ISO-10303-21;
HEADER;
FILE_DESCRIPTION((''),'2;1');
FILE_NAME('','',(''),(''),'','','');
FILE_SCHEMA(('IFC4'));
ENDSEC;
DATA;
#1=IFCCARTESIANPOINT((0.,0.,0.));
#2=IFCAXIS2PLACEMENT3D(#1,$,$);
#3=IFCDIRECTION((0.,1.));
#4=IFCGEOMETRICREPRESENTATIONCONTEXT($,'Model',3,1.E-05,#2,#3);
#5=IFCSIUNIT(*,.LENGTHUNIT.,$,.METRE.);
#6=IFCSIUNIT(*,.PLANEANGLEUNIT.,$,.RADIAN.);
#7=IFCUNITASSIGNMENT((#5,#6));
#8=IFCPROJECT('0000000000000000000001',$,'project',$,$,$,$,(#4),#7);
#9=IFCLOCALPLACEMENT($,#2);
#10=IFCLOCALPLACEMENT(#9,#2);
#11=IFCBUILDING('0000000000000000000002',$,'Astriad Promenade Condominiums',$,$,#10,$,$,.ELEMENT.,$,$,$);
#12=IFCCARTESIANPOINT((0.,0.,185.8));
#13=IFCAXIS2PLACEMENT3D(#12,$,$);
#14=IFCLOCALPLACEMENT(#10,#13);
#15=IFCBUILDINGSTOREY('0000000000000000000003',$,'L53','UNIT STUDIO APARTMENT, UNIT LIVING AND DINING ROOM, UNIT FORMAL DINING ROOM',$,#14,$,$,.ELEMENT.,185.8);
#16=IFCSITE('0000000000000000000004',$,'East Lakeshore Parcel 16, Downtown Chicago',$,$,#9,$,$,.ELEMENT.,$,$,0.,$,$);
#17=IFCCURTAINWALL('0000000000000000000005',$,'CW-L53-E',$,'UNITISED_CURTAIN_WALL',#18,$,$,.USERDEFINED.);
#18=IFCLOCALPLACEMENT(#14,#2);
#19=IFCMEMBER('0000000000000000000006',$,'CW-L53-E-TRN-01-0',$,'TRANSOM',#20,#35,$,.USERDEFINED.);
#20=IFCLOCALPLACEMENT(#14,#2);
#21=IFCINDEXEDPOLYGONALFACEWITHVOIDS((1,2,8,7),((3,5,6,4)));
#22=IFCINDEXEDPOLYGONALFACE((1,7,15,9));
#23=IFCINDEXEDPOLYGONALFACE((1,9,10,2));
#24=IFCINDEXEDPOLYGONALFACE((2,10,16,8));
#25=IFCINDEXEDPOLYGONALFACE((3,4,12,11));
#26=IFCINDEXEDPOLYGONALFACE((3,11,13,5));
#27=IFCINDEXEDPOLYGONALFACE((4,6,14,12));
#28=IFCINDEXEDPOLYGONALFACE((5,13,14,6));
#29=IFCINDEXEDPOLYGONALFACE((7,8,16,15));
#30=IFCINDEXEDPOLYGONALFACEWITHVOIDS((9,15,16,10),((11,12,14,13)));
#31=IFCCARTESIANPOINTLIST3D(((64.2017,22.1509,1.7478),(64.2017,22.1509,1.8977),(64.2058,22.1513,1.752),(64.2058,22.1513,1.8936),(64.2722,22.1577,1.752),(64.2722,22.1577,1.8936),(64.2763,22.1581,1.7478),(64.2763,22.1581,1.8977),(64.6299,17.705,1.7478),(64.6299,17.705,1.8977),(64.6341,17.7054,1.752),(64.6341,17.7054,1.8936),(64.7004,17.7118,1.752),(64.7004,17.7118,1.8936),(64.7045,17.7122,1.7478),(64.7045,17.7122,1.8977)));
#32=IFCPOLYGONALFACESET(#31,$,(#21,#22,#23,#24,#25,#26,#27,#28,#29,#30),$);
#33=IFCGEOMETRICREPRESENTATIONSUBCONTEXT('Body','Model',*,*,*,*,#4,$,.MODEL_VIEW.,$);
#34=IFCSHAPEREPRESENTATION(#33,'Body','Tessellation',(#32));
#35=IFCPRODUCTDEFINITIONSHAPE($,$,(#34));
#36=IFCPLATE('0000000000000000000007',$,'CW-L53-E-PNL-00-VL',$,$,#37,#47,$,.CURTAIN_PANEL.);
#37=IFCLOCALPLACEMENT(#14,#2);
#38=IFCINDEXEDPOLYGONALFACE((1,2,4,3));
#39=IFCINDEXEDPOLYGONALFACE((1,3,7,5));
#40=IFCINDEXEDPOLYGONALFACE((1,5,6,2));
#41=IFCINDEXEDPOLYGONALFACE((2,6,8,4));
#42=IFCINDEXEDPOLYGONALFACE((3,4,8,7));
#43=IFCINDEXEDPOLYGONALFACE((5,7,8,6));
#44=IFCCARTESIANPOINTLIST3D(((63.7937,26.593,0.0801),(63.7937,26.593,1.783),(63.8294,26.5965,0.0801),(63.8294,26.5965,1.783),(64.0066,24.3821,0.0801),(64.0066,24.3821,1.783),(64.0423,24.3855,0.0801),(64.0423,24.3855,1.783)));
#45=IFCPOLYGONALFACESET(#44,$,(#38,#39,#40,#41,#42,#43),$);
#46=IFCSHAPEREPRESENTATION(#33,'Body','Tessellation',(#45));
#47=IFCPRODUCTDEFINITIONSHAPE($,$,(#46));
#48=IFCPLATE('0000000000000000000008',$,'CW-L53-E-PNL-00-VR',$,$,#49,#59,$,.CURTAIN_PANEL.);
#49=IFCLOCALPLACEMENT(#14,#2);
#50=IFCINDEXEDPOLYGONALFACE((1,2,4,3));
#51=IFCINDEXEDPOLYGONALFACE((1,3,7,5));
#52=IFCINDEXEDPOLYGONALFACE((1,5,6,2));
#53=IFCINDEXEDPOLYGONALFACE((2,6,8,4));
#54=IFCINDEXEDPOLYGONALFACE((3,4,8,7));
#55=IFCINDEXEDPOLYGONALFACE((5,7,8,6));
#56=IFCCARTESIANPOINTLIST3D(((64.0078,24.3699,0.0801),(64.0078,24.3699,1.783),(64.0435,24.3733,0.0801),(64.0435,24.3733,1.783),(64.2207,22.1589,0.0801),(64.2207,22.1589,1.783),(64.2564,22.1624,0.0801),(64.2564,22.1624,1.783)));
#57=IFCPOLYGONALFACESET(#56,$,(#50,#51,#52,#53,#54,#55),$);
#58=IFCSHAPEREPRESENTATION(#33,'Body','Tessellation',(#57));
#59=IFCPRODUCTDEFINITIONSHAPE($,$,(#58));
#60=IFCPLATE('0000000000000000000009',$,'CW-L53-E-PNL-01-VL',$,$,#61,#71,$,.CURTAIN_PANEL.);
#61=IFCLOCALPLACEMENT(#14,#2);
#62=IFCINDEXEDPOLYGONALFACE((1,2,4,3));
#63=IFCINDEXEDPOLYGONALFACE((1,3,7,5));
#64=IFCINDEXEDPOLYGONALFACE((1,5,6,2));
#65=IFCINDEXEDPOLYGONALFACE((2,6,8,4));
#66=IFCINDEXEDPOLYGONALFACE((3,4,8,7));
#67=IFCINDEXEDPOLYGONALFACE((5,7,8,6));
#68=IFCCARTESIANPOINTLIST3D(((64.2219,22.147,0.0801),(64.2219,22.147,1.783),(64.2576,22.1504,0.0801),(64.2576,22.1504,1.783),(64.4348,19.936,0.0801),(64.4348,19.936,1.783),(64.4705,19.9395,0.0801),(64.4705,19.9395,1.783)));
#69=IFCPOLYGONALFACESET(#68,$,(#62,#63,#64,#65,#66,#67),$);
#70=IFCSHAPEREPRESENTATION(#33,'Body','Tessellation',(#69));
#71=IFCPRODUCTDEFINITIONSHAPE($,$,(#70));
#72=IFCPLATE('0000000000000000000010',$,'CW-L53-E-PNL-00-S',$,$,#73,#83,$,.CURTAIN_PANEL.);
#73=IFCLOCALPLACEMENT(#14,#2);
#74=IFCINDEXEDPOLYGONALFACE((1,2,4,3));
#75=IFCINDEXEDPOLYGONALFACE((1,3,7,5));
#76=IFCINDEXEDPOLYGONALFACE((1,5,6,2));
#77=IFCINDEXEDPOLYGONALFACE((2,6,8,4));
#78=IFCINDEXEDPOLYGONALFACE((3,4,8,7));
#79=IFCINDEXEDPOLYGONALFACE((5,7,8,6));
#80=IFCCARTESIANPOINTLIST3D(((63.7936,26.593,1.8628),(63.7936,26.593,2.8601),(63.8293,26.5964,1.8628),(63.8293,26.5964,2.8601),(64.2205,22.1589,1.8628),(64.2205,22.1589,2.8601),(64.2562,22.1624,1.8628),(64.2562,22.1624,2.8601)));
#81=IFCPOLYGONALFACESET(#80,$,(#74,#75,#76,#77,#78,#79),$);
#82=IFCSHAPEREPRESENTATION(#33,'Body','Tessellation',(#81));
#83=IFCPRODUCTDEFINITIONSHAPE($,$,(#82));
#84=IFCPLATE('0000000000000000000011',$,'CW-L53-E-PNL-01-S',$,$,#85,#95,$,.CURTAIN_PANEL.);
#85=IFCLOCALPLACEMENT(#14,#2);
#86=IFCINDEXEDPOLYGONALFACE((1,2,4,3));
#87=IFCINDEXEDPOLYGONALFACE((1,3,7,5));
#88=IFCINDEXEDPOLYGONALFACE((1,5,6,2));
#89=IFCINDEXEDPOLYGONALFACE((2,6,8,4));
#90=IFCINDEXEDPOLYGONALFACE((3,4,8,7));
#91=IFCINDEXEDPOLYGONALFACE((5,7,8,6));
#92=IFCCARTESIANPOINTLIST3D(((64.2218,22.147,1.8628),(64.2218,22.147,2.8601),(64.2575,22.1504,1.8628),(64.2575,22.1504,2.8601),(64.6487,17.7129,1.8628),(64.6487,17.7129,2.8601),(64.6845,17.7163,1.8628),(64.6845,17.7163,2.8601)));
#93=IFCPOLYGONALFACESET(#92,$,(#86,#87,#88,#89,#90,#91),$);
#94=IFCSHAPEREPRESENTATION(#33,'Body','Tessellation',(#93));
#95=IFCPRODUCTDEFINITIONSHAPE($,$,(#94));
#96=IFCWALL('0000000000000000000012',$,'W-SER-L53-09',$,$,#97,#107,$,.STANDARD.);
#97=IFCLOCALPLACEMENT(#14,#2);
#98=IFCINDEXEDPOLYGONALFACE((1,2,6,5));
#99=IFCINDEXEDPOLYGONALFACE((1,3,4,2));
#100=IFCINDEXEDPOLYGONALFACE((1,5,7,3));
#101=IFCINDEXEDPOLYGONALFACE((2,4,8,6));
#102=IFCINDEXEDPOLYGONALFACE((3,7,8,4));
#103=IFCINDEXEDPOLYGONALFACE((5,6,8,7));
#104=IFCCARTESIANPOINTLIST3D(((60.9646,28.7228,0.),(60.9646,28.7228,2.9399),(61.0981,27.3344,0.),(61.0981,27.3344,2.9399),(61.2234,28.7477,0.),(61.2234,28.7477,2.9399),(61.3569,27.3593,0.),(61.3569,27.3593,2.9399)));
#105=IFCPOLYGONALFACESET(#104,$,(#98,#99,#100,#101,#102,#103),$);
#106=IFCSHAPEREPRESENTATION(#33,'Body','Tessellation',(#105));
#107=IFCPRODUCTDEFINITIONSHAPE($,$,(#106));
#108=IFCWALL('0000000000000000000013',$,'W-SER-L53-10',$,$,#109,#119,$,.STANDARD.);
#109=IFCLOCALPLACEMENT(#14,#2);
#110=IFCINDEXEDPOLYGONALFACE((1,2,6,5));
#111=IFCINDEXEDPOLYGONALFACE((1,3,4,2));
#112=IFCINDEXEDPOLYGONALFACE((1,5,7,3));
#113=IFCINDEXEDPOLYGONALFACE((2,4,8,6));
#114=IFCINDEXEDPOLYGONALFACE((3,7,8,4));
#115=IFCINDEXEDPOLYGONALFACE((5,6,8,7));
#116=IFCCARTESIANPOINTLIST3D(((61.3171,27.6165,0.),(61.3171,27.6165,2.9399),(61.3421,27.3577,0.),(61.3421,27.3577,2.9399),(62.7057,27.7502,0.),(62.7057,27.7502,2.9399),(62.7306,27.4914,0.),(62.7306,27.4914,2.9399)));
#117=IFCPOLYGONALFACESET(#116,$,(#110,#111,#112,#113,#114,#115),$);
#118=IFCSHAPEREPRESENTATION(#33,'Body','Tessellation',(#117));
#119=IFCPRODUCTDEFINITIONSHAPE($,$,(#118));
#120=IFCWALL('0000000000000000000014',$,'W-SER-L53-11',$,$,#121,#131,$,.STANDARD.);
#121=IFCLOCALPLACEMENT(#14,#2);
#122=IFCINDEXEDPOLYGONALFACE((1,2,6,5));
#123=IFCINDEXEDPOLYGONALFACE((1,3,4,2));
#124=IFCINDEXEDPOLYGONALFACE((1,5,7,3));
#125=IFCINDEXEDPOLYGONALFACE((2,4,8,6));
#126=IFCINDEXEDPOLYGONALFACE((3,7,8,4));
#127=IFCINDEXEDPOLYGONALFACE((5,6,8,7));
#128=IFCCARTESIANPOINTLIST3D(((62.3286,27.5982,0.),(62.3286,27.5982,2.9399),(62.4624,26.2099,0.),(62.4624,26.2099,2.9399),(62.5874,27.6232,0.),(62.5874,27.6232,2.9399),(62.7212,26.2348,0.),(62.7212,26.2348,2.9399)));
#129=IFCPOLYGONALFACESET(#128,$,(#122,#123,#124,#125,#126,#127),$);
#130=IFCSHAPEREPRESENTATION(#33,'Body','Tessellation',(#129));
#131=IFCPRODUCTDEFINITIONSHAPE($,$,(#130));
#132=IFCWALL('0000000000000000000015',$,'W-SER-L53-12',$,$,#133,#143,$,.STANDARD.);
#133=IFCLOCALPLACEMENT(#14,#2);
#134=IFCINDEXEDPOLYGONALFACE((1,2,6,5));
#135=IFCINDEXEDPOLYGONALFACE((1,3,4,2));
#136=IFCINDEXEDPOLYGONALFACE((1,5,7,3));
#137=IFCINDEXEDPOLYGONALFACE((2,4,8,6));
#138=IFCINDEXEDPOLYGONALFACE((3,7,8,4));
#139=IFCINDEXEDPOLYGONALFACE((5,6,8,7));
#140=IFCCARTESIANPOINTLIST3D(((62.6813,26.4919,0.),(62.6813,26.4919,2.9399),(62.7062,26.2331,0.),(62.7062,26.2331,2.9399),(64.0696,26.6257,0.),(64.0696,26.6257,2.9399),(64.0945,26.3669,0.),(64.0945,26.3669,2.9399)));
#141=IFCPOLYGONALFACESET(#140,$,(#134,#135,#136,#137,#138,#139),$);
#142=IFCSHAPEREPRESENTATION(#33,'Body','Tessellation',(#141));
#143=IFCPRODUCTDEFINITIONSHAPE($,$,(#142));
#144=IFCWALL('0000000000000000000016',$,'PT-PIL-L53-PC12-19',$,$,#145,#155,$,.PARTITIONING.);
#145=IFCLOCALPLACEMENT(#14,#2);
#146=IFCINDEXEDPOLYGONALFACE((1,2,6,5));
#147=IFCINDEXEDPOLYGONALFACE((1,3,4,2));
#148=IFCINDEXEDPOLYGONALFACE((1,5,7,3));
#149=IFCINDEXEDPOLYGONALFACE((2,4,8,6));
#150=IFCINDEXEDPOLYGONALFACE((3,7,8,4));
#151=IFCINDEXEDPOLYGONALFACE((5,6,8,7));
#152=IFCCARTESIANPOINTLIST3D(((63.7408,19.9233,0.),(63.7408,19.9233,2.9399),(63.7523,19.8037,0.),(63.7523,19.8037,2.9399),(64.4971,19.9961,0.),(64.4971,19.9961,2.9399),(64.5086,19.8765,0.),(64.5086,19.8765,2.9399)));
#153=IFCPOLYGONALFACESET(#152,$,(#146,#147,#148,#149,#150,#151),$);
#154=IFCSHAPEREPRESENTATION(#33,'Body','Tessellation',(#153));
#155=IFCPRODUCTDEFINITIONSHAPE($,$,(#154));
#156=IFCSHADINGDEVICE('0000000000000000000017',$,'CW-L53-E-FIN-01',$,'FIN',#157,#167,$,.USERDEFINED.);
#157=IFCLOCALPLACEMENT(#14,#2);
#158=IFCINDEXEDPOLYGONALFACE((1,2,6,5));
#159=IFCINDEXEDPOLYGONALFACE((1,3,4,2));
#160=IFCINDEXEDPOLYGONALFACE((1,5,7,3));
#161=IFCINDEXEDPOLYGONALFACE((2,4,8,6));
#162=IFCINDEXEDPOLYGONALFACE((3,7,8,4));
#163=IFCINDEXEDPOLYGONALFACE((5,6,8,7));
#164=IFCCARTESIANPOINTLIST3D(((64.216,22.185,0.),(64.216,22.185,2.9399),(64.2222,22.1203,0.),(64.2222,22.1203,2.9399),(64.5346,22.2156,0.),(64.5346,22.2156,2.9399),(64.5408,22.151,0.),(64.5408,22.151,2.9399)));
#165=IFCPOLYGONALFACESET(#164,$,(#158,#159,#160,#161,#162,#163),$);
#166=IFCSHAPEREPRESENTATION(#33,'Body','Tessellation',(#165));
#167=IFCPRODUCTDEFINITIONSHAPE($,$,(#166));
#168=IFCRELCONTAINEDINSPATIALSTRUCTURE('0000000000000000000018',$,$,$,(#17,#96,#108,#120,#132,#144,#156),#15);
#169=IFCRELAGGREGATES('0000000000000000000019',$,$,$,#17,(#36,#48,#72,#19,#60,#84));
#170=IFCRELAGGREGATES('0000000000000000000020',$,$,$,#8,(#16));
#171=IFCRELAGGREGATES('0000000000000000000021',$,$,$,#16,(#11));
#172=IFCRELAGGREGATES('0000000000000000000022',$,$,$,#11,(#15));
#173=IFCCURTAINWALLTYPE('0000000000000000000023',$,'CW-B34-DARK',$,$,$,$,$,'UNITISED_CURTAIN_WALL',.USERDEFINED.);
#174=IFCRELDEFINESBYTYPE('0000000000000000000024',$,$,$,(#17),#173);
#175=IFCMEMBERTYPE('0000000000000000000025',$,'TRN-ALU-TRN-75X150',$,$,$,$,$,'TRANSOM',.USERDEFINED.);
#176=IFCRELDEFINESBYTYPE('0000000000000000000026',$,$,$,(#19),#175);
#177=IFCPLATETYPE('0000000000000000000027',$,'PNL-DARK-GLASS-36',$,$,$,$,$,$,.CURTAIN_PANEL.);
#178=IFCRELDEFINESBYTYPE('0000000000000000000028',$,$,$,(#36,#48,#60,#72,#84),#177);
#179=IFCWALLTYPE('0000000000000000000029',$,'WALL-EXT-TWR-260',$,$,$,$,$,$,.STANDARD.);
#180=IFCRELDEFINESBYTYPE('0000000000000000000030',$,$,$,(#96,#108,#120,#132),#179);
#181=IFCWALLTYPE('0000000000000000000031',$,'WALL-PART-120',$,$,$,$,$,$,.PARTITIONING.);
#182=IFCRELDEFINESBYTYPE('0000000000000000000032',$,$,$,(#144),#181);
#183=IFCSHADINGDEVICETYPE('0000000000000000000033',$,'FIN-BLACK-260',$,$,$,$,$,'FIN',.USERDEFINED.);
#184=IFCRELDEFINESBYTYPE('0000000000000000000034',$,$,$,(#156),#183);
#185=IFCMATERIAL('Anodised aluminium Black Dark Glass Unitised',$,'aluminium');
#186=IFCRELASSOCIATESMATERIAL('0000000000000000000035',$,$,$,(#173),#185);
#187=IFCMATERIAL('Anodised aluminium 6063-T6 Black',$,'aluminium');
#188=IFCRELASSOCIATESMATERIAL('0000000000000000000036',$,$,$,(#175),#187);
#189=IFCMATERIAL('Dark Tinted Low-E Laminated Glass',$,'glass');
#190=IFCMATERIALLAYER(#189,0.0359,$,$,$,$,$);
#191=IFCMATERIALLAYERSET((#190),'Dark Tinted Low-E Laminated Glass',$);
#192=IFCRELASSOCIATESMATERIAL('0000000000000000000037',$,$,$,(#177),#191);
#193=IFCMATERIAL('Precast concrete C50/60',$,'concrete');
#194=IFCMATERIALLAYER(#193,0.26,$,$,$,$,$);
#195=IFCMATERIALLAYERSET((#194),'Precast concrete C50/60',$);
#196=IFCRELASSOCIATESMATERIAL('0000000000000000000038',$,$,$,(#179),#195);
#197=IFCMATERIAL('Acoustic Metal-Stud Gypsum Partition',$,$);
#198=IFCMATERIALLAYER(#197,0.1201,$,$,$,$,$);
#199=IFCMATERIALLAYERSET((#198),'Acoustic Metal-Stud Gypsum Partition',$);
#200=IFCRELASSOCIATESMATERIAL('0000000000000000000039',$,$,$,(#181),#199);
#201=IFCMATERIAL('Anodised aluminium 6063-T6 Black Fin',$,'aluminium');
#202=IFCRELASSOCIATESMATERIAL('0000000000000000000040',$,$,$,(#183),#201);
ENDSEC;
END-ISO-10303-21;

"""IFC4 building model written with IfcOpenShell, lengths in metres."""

from ifc_helpers import new_model, si_unit, direction, frame, frame_2d, origin, origin_2d, place, context, subcontext, project, spatial, rectangle, hollow_rectangle, extrude, source, transform, mapped, material, layer, layer_set, material_profile, profile_set, type_object, type_shapes, element, aggregate, save


model = new_model("IFC4")

# Units and contexts
model_context = context("Model", 3, precision=1e-05, world=origin(), true_north=direction((0.0, 1.0)))
body_context = subcontext(model_context, "Body", "Model", "MODEL_VIEW")
ifc_project = project(units=[si_unit("LENGTHUNIT", "METRE"), si_unit("PLANEANGLEUNIT", "RADIAN")], contexts=[model_context])

# Site, building, storey
site_placement = place(None, origin())
site = spatial("IfcSite", under=ifc_project, at=site_placement, Name="East Lakeshore Parcel 16, Downtown Chicago", CompositionType="ELEMENT", RefElevation=0.0)
building_placement = place(site_placement, origin())
building = spatial("IfcBuilding", under=site, at=building_placement, Name="Astriad Promenade Condominiums", CompositionType="ELEMENT")
storey_placement = place(building_placement, frame((0.0, 0.0, 185.8)))
storey = spatial("IfcBuildingStorey", under=building, at=storey_placement, Name="L53", Description="UNIT STUDIO APARTMENT, UNIT LIVING AND DINING ROOM, UNIT FORMAL DINING ROOM", CompositionType="ELEMENT", Elevation=185.8)

# Curtain wall, member, plates
ifc_material_1 = material(Name="Anodised aluminium Black Dark Glass Unitised", Category="aluminium")
curtain_wall_type = type_object("IfcCurtainWallType", Name="CW-B34-DARK", ElementType="UNITISED_CURTAIN_WALL", PredefinedType="USERDEFINED", material=ifc_material_1)
curtain_wall_placement = place(storey_placement, origin())
curtain_wall = element("IfcCurtainWall", 1, at=curtain_wall_placement, inside=storey, type_object=curtain_wall_type, Name="CW-L53-E", ObjectType="UNITISED_CURTAIN_WALL", PredefinedType="USERDEFINED")
ifc_material_2 = material(Name="Anodised aluminium 6063-T6 Black", Category="aluminium")
ifc_material_profile_1 = material_profile(ifc_material_2, hollow_rectangle(XDim=0.075, YDim=0.1499, WallThickness=0.0042, at=origin_2d()), Name="ALU-TRN-75X150")
ifc_profile_set_1 = profile_set([ifc_material_profile_1], Name="Anodised aluminium 6063-T6 Black")
member_type_1 = type_object("IfcMemberType", Name="TRN-ALU-TRN-75X150", ElementType="TRANSOM", PredefinedType="USERDEFINED", material=ifc_profile_set_1)
shared_shape_1 = source(origin(), body_context, "Body", "SweptSolid", [
    extrude(hollow_rectangle(XDim=0.075, YDim=0.1499, WallThickness=0.0042, at=origin_2d()), origin(), (0.0, 0.0, 1.0), 4.4666),
])
type_shapes(member_type_1, [shared_shape_1])
member_1_placement = place(storey_placement, frame((64.239, 22.1545, 1.8228), z_axis=(0.095872, -0.995394, 0.0), x_axis=(0.995394, 0.095872, 0.0)))
member_1 = element("IfcMember", 2, at=member_1_placement, type_object=member_type_1, Name="CW-L53-E-TRN-01-0", ObjectType="TRANSOM", PredefinedType="USERDEFINED", context=body_context, shape_type="MappedRepresentation", body=[
    mapped(shared_shape_1, transform((0.0, 0.0, 0.0), scale=1.0)),
])
ifc_material_3 = material(Name="Dark Tinted Low-E Laminated Glass", Category="glass")
ifc_layer_1 = layer(ifc_material_3, 0.0359)
ifc_layer_set_1 = layer_set([ifc_layer_1], Name="Dark Tinted Low-E Laminated Glass")
plate_type = type_object("IfcPlateType", Name="PNL-DARK-GLASS-36", PredefinedType="CURTAIN_PANEL", material=ifc_layer_set_1)
shared_shape_2 = source(origin(), body_context, "Body", "SweptSolid", [
    extrude(rectangle(XDim=2.2212, YDim=0.0359, at=origin_2d()), origin(), (0.0, 0.0, 1.0), 1.7029),
])
plate_1_placement = place(storey_placement, frame((63.918, 25.4893, 0.0801), z_axis=(0.0, 0.0, 1.0), x_axis=(0.095846, -0.995396, 0.0)))
plate_1 = element("IfcPlate", 3, at=plate_1_placement, type_object=plate_type, Name="CW-L53-E-PNL-00-VL", PredefinedType="CURTAIN_PANEL", context=body_context, shape_type="MappedRepresentation", body=[
    mapped(shared_shape_2, transform((0.0, 0.0, 0.0), scale=1.0)),
])
plate_2_placement = place(storey_placement, frame((64.1321, 23.2661, 0.0801), z_axis=(0.0, 0.0, 1.0), x_axis=(0.095846, -0.995396, 0.0)))
plate_2 = element("IfcPlate", 4, at=plate_2_placement, type_object=plate_type, Name="CW-L53-E-PNL-00-VR", PredefinedType="CURTAIN_PANEL", context=body_context, shape_type="MappedRepresentation", body=[
    mapped(shared_shape_2, transform((0.0, 0.0, 0.0), scale=1.0)),
])
plate_3_placement = place(storey_placement, frame((64.3462, 21.0432, 0.0801), z_axis=(0.0, 0.0, 1.0), x_axis=(0.095846, -0.995396, 0.0)))
plate_3 = element("IfcPlate", 5, at=plate_3_placement, type_object=plate_type, Name="CW-L53-E-PNL-01-VL", PredefinedType="CURTAIN_PANEL", context=body_context, shape_type="MappedRepresentation", body=[
    mapped(shared_shape_2, transform((0.0, 0.0, 0.0), scale=1.0)),
])
shared_shape_3 = source(origin(), body_context, "Body", "SweptSolid", [
    extrude(rectangle(XDim=4.4546, YDim=0.0359, at=origin_2d()), origin(), (0.0, 0.0, 1.0), 0.9973),
])
type_shapes(plate_type, [shared_shape_2, shared_shape_3])
plate_4_placement = place(storey_placement, frame((64.0249, 24.3777, 1.8628), z_axis=(0.0, 0.0, 1.0), x_axis=(0.095846, -0.995396, 0.0)))
plate_4 = element("IfcPlate", 6, at=plate_4_placement, type_object=plate_type, Name="CW-L53-E-PNL-00-S", PredefinedType="CURTAIN_PANEL", context=body_context, shape_type="MappedRepresentation", body=[
    mapped(shared_shape_3, transform((0.0, 0.0, 0.0), scale=1.0)),
])
plate_5_placement = place(storey_placement, frame((64.4531, 19.9316, 1.8628), z_axis=(0.0, 0.0, 1.0), x_axis=(0.095846, -0.995396, 0.0)))
plate_5 = element("IfcPlate", 7, at=plate_5_placement, type_object=plate_type, Name="CW-L53-E-PNL-01-S", PredefinedType="CURTAIN_PANEL", context=body_context, shape_type="MappedRepresentation", body=[
    mapped(shared_shape_3, transform((0.0, 0.0, 0.0), scale=1.0)),
])
aggregate(curtain_wall, [plate_1, plate_2, plate_4, member_1, plate_3, plate_5])

# Walls
ifc_material_4 = material(Name="Precast concrete C50/60", Category="concrete")
ifc_layer_2 = layer(ifc_material_4, 0.26)
ifc_layer_set_2 = layer_set([ifc_layer_2], Name="Precast concrete C50/60")
wall_type_1 = type_object("IfcWallType", Name="WALL-EXT-TWR-260", PredefinedType="STANDARD", material=ifc_layer_set_2)
wall_1_placement = place(storey_placement, frame((61.094, 28.7351, 0.0), z_axis=(0.0, 0.0, 1.0), x_axis=(0.095742, -0.995406, 0.0)))
element("IfcWall", 8, at=wall_1_placement, inside=storey, type_object=wall_type_1, Name="W-SER-L53-09", PredefinedType="STANDARD", context=body_context, shape_type="SweptSolid", body=[
    extrude(rectangle(XDim=1.3948, YDim=0.26, at=frame_2d((0.6973, 0.0))), origin(), (0.0, 0.0, 1.0), 2.9399),
])
wall_2_placement = place(storey_placement, frame((61.3296, 27.4871, 0.0), z_axis=(0.0, 0.0, 1.0), x_axis=(0.995391, 0.095899, 0.0)))
element("IfcWall", 9, at=wall_2_placement, inside=storey, type_object=wall_type_1, Name="W-SER-L53-10", PredefinedType="STANDARD", context=body_context, shape_type="SweptSolid", body=[
    extrude(rectangle(XDim=1.395, YDim=0.26, at=frame_2d((0.6975, 0.0))), origin(), (0.0, 0.0, 1.0), 2.9399),
])
for number, where, z_axis, x_axis, name in (
    (10, (62.458, 27.6106, 0.0), (0.0, 0.0, 1.0), (0.095916, -0.995389, 0.0), "W-SER-L53-11"),
    (11, (62.6938, 26.3625, 0.0), (0.0, 0.0, 1.0), (0.995389, 0.095916, 0.0), "W-SER-L53-12"),
):
    element("IfcWall", number, at=place(storey_placement, frame(where, z_axis=z_axis, x_axis=x_axis)), inside=storey, type_object=wall_type_1, Name=name, PredefinedType="STANDARD", context=body_context, shape_type="SweptSolid", body=[
        extrude(rectangle(XDim=1.3948, YDim=0.26, at=frame_2d((0.6973, 0.0))), origin(), (0.0, 0.0, 1.0), 2.9399),
    ])
ifc_material_5 = material(Name="Acoustic Metal-Stud Gypsum Partition")
ifc_layer_3 = layer(ifc_material_5, 0.1201)
ifc_layer_set_3 = layer_set([ifc_layer_3], Name="Acoustic Metal-Stud Gypsum Partition")
wall_type_2 = type_object("IfcWallType", Name="WALL-PART-120", PredefinedType="PARTITIONING", material=ifc_layer_set_3)
wall_3_placement = place(storey_placement, frame((63.7466, 19.8635, 0.0), z_axis=(0.0, 0.0, 1.0), x_axis=(0.995405, 0.095749, 0.0)))
element("IfcWall", 12, at=wall_3_placement, inside=storey, type_object=wall_type_2, Name="PT-PIL-L53-PC12-19", PredefinedType="PARTITIONING", context=body_context, shape_type="SweptSolid", body=[
    extrude(rectangle(XDim=0.7598, YDim=0.1201, at=frame_2d((0.3799, 0.0))), origin(), (0.0, 0.0, 1.0), 2.9399),
])

# Shading device
ifc_material_6 = material(Name="Anodised aluminium 6063-T6 Black Fin", Category="aluminium")
shading_device_type = type_object("IfcShadingDeviceType", Name="FIN-BLACK-260", ElementType="FIN", PredefinedType="USERDEFINED", material=ifc_material_6)
shared_shape_4 = source(origin(), body_context, "Body", "SweptSolid", [
    extrude(rectangle(XDim=0.0649, YDim=0.3201, at=origin_2d()), origin(), (0.0, 0.0, 1.0), 2.9399),
])
type_shapes(shading_device_type, [shared_shape_4])
shading_device_placement = place(storey_placement, frame((64.3784, 22.168, 0.0), z_axis=(0.0, 0.0, 1.0), x_axis=(0.095846, -0.995396, 0.0)))
element("IfcShadingDevice", 13, at=shading_device_placement, inside=storey, type_object=shading_device_type, Name="CW-L53-E-FIN-01", ObjectType="FIN", PredefinedType="USERDEFINED", context=body_context, shape_type="MappedRepresentation", body=[
    mapped(shared_shape_4, transform((0.0, 0.0, 0.0), scale=1.0)),
])

save(model, "model.ifc")
